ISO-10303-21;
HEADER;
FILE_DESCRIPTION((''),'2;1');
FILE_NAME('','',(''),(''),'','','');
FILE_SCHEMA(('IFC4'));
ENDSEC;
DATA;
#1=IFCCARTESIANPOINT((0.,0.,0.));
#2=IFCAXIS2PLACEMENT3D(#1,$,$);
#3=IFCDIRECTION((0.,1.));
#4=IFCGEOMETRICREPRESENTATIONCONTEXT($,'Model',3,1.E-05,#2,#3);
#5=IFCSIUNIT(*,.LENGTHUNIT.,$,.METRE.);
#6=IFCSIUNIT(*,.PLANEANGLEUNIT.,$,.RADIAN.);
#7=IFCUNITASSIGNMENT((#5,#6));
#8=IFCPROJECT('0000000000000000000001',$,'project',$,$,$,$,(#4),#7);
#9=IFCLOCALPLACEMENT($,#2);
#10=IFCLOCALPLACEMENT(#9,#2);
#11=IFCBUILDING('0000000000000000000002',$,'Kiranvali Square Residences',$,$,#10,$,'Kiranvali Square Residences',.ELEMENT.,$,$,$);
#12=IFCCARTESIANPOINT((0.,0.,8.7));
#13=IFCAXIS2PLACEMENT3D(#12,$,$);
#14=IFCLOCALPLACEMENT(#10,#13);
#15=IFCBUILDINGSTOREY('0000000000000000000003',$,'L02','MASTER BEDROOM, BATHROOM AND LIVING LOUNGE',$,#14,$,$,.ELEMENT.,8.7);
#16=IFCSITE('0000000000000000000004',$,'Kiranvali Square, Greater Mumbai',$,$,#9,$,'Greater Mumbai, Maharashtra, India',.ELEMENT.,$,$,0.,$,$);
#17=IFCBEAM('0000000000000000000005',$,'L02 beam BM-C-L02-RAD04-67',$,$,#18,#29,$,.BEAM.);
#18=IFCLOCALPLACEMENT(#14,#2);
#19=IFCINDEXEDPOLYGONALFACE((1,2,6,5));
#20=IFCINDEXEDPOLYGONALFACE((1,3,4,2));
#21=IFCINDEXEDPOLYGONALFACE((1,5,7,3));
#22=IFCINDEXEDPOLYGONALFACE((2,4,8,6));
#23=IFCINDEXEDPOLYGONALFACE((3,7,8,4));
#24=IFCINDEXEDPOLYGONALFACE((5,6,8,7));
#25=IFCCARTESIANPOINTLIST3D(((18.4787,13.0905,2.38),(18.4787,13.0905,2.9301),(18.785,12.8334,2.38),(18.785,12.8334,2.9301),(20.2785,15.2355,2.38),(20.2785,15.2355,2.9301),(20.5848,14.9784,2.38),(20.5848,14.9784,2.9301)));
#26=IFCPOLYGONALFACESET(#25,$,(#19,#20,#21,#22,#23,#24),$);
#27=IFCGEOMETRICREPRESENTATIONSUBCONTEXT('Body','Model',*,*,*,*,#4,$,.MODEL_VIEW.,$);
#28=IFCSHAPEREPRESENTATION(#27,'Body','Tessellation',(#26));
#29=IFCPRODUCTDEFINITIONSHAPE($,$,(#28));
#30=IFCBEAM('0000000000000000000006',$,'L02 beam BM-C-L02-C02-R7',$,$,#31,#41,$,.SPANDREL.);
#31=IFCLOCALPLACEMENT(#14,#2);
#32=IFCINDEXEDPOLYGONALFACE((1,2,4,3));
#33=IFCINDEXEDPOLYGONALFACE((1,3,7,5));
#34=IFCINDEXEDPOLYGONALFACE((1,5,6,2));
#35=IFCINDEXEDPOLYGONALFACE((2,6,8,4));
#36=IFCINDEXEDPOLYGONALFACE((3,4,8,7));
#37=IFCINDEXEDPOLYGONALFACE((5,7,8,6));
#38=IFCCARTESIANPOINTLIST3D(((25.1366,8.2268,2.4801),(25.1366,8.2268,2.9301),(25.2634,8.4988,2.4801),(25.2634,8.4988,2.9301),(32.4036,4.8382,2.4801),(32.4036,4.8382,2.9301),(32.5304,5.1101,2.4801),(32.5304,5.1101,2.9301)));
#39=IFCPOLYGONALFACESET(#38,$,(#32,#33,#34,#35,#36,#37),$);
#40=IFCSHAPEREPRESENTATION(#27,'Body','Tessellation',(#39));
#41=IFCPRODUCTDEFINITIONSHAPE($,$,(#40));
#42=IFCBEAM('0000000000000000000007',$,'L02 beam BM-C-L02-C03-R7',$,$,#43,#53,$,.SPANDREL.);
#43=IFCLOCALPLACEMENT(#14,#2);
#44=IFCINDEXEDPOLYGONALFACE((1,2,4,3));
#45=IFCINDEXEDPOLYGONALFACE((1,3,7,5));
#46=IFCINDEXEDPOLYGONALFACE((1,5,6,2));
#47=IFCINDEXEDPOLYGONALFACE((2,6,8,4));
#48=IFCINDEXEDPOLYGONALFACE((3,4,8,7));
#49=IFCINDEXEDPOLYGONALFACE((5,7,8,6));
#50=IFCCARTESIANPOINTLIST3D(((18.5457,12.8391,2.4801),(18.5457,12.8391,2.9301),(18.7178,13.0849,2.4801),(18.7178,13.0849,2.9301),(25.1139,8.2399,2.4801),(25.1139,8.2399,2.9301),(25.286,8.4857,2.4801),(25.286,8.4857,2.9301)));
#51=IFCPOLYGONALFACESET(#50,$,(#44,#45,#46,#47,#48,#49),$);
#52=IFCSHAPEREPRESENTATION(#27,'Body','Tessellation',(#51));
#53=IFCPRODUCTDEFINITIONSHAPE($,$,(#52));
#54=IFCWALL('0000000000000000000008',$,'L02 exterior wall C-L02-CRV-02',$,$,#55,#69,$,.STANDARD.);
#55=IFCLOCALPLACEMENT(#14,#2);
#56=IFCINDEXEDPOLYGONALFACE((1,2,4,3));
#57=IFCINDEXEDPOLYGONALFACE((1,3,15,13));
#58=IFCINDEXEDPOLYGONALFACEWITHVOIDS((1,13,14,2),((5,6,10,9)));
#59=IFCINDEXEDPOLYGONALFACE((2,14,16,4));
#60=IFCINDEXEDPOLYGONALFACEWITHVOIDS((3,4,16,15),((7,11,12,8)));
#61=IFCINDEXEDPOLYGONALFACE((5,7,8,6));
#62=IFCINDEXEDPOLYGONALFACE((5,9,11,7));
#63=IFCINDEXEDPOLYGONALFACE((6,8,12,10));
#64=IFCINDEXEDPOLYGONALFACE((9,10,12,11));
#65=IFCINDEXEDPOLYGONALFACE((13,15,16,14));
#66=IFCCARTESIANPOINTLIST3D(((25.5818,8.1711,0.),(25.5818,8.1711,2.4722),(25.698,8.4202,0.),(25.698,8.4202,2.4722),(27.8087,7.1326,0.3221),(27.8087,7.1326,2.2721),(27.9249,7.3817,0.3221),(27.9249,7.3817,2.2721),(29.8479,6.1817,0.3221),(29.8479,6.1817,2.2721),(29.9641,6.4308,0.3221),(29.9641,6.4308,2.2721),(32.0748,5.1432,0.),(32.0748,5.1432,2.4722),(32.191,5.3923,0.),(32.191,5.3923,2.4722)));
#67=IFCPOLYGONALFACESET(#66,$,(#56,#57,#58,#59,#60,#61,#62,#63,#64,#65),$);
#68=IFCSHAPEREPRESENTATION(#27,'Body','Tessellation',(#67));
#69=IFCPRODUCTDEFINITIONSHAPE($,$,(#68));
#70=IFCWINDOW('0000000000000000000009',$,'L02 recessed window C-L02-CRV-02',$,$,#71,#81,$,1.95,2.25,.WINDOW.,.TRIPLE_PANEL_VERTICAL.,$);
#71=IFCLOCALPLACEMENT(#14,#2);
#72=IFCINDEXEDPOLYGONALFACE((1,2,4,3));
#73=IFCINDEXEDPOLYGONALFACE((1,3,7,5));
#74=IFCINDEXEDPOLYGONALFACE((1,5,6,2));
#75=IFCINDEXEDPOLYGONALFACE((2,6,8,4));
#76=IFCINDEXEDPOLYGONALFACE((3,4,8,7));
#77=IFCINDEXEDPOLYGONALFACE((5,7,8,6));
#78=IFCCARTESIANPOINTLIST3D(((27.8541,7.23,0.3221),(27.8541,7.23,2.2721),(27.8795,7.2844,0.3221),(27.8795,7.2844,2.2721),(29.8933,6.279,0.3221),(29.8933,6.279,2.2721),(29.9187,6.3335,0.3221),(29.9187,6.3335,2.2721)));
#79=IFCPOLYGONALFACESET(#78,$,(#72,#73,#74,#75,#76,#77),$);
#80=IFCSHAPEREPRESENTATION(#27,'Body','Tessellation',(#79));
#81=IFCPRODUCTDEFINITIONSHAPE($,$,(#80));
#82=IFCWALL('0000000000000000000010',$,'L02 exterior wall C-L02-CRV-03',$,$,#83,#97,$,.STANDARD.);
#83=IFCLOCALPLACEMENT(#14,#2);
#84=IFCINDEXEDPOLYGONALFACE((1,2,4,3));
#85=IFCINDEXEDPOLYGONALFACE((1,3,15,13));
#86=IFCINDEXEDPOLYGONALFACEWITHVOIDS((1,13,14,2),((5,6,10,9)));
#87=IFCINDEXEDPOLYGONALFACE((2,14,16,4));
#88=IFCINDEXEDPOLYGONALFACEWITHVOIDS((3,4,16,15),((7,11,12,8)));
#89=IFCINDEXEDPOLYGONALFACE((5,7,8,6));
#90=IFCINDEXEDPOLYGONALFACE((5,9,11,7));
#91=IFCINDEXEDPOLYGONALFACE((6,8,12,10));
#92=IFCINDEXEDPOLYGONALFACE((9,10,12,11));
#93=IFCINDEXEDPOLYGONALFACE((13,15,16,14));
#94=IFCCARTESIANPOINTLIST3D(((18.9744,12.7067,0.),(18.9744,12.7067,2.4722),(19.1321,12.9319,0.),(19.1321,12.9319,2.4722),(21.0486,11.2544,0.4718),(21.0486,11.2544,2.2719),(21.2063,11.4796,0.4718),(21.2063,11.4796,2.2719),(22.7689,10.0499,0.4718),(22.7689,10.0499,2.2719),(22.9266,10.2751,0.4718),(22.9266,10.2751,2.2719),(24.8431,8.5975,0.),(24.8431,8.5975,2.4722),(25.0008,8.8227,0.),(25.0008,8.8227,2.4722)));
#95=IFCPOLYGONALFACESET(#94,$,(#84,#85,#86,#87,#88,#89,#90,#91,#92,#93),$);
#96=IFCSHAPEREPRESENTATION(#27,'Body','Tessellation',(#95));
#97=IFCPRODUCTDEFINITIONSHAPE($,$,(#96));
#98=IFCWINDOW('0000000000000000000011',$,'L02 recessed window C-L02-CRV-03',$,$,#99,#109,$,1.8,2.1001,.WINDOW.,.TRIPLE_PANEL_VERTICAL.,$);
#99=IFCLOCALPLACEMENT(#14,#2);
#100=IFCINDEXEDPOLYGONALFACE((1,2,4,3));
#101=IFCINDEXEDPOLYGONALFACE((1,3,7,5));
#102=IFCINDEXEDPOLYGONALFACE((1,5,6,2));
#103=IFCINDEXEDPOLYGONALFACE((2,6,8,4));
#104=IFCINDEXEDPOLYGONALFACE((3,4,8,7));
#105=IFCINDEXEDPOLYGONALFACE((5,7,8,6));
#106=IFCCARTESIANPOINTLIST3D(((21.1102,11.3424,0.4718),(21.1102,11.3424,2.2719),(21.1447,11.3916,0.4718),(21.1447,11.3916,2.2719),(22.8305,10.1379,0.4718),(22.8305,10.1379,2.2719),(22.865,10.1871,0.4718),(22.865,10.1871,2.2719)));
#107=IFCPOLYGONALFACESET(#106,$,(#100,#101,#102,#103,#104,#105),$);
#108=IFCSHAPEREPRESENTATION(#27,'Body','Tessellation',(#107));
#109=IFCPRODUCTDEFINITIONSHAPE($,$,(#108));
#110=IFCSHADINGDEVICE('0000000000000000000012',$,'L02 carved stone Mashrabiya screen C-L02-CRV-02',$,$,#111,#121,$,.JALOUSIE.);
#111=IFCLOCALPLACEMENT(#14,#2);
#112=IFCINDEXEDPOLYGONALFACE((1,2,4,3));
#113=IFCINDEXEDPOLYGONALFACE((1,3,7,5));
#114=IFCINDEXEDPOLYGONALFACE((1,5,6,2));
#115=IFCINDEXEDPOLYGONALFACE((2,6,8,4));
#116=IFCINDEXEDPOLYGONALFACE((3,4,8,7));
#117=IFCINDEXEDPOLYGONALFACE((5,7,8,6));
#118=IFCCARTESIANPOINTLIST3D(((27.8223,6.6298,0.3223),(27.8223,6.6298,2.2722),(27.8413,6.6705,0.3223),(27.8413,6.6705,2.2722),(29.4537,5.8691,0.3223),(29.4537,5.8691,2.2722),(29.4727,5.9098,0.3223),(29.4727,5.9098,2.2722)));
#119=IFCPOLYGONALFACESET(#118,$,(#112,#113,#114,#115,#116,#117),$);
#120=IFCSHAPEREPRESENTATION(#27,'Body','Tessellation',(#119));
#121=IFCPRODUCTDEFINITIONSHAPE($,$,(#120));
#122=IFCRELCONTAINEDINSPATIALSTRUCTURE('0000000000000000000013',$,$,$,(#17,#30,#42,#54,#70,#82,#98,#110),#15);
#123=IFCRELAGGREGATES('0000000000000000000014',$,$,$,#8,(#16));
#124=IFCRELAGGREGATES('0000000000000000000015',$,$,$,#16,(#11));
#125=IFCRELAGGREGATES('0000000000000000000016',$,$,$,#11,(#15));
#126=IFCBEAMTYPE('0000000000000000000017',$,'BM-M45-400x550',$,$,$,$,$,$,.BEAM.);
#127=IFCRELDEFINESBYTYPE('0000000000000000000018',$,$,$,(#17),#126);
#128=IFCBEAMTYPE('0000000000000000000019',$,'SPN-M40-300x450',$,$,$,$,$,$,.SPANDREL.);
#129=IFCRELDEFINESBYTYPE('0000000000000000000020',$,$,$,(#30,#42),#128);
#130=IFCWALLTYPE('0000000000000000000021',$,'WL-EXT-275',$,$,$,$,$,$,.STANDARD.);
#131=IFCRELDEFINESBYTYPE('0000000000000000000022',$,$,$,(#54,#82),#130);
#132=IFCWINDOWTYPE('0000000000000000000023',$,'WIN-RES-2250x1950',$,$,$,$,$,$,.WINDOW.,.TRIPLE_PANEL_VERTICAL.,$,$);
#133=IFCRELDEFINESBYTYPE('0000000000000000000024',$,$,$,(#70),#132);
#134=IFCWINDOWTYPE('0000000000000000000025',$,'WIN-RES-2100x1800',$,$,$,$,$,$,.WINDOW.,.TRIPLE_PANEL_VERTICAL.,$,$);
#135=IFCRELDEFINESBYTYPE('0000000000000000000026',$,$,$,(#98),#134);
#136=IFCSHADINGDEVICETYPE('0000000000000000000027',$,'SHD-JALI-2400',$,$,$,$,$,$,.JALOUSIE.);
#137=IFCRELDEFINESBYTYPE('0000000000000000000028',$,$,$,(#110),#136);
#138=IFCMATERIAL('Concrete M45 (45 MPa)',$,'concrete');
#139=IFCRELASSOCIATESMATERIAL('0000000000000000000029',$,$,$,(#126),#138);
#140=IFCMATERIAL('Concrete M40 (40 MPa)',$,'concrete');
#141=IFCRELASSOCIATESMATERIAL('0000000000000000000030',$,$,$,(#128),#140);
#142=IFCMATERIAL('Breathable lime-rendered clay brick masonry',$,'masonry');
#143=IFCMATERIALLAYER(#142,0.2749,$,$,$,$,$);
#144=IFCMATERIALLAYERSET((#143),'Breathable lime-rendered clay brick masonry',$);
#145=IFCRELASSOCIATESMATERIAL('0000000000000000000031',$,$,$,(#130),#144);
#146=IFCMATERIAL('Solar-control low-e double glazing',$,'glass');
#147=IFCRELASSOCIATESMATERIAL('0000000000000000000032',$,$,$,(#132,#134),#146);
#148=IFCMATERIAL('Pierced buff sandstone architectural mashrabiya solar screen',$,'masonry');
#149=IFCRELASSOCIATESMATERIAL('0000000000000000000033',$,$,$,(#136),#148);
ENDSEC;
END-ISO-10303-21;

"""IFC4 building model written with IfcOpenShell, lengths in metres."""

from ifc_helpers import new_model, si_unit, direction, frame, frame_2d, origin, origin_2d, place, context, subcontext, project, spatial, rectangle, extrude, material, layer, layer_set, material_profile, profile_set, type_object, element, fill, save


model = new_model("IFC4")

# Units and contexts
model_context = context("Model", 3, precision=1e-05, world=origin(), true_north=direction((0.0, 1.0)))
body_context = subcontext(model_context, "Body", "Model", "MODEL_VIEW")
ifc_project = project(units=[si_unit("LENGTHUNIT", "METRE"), si_unit("PLANEANGLEUNIT", "RADIAN")], contexts=[model_context])

# Site, building, storey
site_placement = place(None, origin())
site = spatial("IfcSite", under=ifc_project, at=site_placement, Name="Kiranvali Square, Greater Mumbai", LongName="Greater Mumbai, Maharashtra, India", CompositionType="ELEMENT", RefElevation=0.0)
building_placement = place(site_placement, origin())
building = spatial("IfcBuilding", under=site, at=building_placement, Name="Kiranvali Square Residences", LongName="Kiranvali Square Residences", CompositionType="ELEMENT")
storey_placement = place(building_placement, frame((0.0, 0.0, 8.7)))
storey = spatial("IfcBuildingStorey", under=building, at=storey_placement, Name="L02", Description="MASTER BEDROOM, BATHROOM AND LIVING LOUNGE", CompositionType="ELEMENT", Elevation=8.7)

# Beams
ifc_material_1 = material(Name="Concrete M45 (45 MPa)", Category="concrete")
ifc_material_profile_1 = material_profile(ifc_material_1, rectangle(XDim=0.3999, YDim=0.55, at=origin_2d()), Name="RC 400x550")
ifc_profile_set_1 = profile_set([ifc_material_profile_1], Name="Concrete M45 (45 MPa)")
beam_type_1 = type_object("IfcBeamType", Name="BM-M45-400x550", PredefinedType="BEAM", material=ifc_profile_set_1)
for number, where, z_axis, x_axis, name in (
    (1, (20.4316, 15.1069, 2.655), (-0.642771, -0.766059, 0.0), (0.766059, -0.642771, 0.0), "L02 beam BM-C-L02-RAD04-67"),
):
    element("IfcBeam", number, at=place(storey_placement, frame(where, z_axis=z_axis, x_axis=x_axis)), inside=storey, type_object=beam_type_1, Name=name, PredefinedType="BEAM", context=body_context, shape_type="SweptSolid", body=[
        extrude(rectangle(XDim=0.3999, YDim=0.55, at=origin_2d()), origin(), (0.0, 0.0, 1.0), 2.8),
    ])
ifc_material_2 = material(Name="Concrete M40 (40 MPa)", Category="concrete")
ifc_material_profile_2 = material_profile(ifc_material_2, rectangle(XDim=0.3, YDim=0.45, at=origin_2d()), Name="RC 300x450")
ifc_profile_set_2 = profile_set([ifc_material_profile_2], Name="Concrete M40 (40 MPa)")
beam_type_2 = type_object("IfcBeamType", Name="SPN-M40-300x450", PredefinedType="SPANDREL", material=ifc_profile_set_2)
for number, where, z_axis, x_axis, name in (
    (2, (32.467, 4.9741, 2.7051), (-0.906309, 0.422615, 0.0), (-0.422615, -0.906309, 0.0), "L02 beam BM-C-L02-C02-R7"),
    (3, (25.2, 8.3628, 2.7051), (-0.819148, 0.573583, 0.0), (-0.573583, -0.819148, 0.0), "L02 beam BM-C-L02-C03-R7"),
):
    element("IfcBeam", number, at=place(storey_placement, frame(where, z_axis=z_axis, x_axis=x_axis)), inside=storey, type_object=beam_type_2, Name=name, PredefinedType="SPANDREL", context=body_context, shape_type="SweptSolid", body=[
        extrude(rectangle(XDim=0.3, YDim=0.45, at=origin_2d()), origin(), (0.0, 0.0, 1.0), 8.0183),
    ])

# Walls, openings, windows
ifc_material_3 = material(Name="Breathable lime-rendered clay brick masonry", Category="masonry")
ifc_layer = layer(ifc_material_3, 0.2749)
ifc_layer_set = layer_set([ifc_layer], Name="Breathable lime-rendered clay brick masonry")
wall_type = type_object("IfcWallType", Name="WL-EXT-275", PredefinedType="STANDARD", material=ifc_layer_set)
wall_1_placement = place(storey_placement, frame((32.1328, 5.2678, 0.0), z_axis=(0.0, 0.0, 1.0), x_axis=(-0.906301, 0.422634, 0.0)))
wall_1 = element("IfcWall", 4, at=wall_1_placement, inside=storey, type_object=wall_type, Name="L02 exterior wall C-L02-CRV-02", PredefinedType="STANDARD", context=body_context, shape_type="SweptSolid", body=[
    extrude(rectangle(XDim=7.1643, YDim=0.2749, at=frame_2d((3.582, 0.0))), origin(), (0.0, 0.0, 1.0), 2.4722),
])
opening_1_placement = place(wall_1_placement, frame((2.457, 0.0, 0.322)))
opening_1 = element("IfcOpeningElement", 5, at=opening_1_placement, cuts=wall_1, PredefinedType="OPENING", context=body_context, shape_type="SweptSolid", body=[
    extrude(rectangle(XDim=2.25, YDim=1.95, at=frame_2d((1.125, 0.9751))), frame((0.0, 0.1475, 0.0), z_axis=(0.0, -1.0, 0.0), x_axis=(1.0, 0.0, 0.0)), (0.0, 0.0, 1.0), 0.2949),
])
ifc_material_4 = material(Name="Solar-control low-e double glazing", Category="glass")
window_type_1 = type_object("IfcWindowType", Name="WIN-RES-2250x1950", PartitioningType="TRIPLE_PANEL_VERTICAL", PredefinedType="WINDOW", material=ifc_material_4)
window_1_placement = place(opening_1_placement, origin())
window_1 = element("IfcWindow", 6, at=window_1_placement, inside=storey, type_object=window_type_1, Name="L02 recessed window C-L02-CRV-02", OverallHeight=1.95, OverallWidth=2.25, PartitioningType="TRIPLE_PANEL_VERTICAL", PredefinedType="WINDOW", context=body_context, shape_type="SweptSolid", body=[
    extrude(rectangle(XDim=2.25, YDim=1.95, at=frame_2d((1.125, 0.9751))), frame((0.0, 0.03, 0.0), z_axis=(0.0, -1.0, 0.0), x_axis=(1.0, 0.0, 0.0)), (0.0, 0.0, 1.0), 0.0601),
])
fill(opening_1, window_1)
wall_2_placement = place(storey_placement, frame((24.9219, 8.7102, 0.0), z_axis=(0.0, 0.0, 1.0), x_axis=(-0.819161, 0.573563, 0.0)))
wall_2 = element("IfcWall", 7, at=wall_2_placement, inside=storey, type_object=wall_type, Name="L02 exterior wall C-L02-CRV-03", PredefinedType="STANDARD", context=body_context, shape_type="SweptSolid", body=[
    extrude(rectangle(XDim=7.1643, YDim=0.2749, at=frame_2d((3.582, 0.0))), origin(), (0.0, 0.0, 1.0), 2.4722),
])
opening_2_placement = place(wall_2_placement, frame((2.532, 0.0, 0.4719)))
opening_2 = element("IfcOpeningElement", 8, at=opening_2_placement, cuts=wall_2, PredefinedType="OPENING", context=body_context, shape_type="SweptSolid", body=[
    extrude(rectangle(XDim=2.1001, YDim=1.8, at=frame_2d((1.05, 0.8999))), frame((0.0, 0.1475, 0.0), z_axis=(0.0, -1.0, 0.0), x_axis=(1.0, 0.0, 0.0)), (0.0, 0.0, 1.0), 0.2949),
])
window_type_2 = type_object("IfcWindowType", Name="WIN-RES-2100x1800", PartitioningType="TRIPLE_PANEL_VERTICAL", PredefinedType="WINDOW", material=ifc_material_4)
window_2_placement = place(opening_2_placement, origin())
window_2 = element("IfcWindow", 9, at=window_2_placement, inside=storey, type_object=window_type_2, Name="L02 recessed window C-L02-CRV-03", OverallHeight=1.8, OverallWidth=2.1001, PartitioningType="TRIPLE_PANEL_VERTICAL", PredefinedType="WINDOW", context=body_context, shape_type="SweptSolid", body=[
    extrude(rectangle(XDim=2.1001, YDim=1.8, at=frame_2d((1.05, 0.8999))), frame((0.0, 0.03, 0.0), z_axis=(0.0, -1.0, 0.0), x_axis=(1.0, 0.0, 0.0)), (0.0, 0.0, 1.0), 0.0601),
])
fill(opening_2, window_2)

# Shading device
ifc_material_5 = material(Name="Pierced buff sandstone architectural mashrabiya solar screen", Category="masonry")
shading_device_type = type_object("IfcShadingDeviceType", Name="SHD-JALI-2400", PredefinedType="JALOUSIE", material=ifc_material_5)
shading_device_placement = place(storey_placement, frame((28.6475, 6.2698, 0.3223), z_axis=(0.0, 0.0, 1.0), x_axis=(-0.906308, 0.422618, 0.0)))
element("IfcShadingDevice", 10, at=shading_device_placement, inside=storey, type_object=shading_device_type, Name="L02 carved stone Mashrabiya screen C-L02-CRV-02", PredefinedType="JALOUSIE", context=body_context, shape_type="SweptSolid", body=[
    extrude(rectangle(XDim=1.8, YDim=0.0449, at=origin_2d()), origin(), (0.0, 0.0, 1.0), 1.95),
])

save(model, "model.ifc")
